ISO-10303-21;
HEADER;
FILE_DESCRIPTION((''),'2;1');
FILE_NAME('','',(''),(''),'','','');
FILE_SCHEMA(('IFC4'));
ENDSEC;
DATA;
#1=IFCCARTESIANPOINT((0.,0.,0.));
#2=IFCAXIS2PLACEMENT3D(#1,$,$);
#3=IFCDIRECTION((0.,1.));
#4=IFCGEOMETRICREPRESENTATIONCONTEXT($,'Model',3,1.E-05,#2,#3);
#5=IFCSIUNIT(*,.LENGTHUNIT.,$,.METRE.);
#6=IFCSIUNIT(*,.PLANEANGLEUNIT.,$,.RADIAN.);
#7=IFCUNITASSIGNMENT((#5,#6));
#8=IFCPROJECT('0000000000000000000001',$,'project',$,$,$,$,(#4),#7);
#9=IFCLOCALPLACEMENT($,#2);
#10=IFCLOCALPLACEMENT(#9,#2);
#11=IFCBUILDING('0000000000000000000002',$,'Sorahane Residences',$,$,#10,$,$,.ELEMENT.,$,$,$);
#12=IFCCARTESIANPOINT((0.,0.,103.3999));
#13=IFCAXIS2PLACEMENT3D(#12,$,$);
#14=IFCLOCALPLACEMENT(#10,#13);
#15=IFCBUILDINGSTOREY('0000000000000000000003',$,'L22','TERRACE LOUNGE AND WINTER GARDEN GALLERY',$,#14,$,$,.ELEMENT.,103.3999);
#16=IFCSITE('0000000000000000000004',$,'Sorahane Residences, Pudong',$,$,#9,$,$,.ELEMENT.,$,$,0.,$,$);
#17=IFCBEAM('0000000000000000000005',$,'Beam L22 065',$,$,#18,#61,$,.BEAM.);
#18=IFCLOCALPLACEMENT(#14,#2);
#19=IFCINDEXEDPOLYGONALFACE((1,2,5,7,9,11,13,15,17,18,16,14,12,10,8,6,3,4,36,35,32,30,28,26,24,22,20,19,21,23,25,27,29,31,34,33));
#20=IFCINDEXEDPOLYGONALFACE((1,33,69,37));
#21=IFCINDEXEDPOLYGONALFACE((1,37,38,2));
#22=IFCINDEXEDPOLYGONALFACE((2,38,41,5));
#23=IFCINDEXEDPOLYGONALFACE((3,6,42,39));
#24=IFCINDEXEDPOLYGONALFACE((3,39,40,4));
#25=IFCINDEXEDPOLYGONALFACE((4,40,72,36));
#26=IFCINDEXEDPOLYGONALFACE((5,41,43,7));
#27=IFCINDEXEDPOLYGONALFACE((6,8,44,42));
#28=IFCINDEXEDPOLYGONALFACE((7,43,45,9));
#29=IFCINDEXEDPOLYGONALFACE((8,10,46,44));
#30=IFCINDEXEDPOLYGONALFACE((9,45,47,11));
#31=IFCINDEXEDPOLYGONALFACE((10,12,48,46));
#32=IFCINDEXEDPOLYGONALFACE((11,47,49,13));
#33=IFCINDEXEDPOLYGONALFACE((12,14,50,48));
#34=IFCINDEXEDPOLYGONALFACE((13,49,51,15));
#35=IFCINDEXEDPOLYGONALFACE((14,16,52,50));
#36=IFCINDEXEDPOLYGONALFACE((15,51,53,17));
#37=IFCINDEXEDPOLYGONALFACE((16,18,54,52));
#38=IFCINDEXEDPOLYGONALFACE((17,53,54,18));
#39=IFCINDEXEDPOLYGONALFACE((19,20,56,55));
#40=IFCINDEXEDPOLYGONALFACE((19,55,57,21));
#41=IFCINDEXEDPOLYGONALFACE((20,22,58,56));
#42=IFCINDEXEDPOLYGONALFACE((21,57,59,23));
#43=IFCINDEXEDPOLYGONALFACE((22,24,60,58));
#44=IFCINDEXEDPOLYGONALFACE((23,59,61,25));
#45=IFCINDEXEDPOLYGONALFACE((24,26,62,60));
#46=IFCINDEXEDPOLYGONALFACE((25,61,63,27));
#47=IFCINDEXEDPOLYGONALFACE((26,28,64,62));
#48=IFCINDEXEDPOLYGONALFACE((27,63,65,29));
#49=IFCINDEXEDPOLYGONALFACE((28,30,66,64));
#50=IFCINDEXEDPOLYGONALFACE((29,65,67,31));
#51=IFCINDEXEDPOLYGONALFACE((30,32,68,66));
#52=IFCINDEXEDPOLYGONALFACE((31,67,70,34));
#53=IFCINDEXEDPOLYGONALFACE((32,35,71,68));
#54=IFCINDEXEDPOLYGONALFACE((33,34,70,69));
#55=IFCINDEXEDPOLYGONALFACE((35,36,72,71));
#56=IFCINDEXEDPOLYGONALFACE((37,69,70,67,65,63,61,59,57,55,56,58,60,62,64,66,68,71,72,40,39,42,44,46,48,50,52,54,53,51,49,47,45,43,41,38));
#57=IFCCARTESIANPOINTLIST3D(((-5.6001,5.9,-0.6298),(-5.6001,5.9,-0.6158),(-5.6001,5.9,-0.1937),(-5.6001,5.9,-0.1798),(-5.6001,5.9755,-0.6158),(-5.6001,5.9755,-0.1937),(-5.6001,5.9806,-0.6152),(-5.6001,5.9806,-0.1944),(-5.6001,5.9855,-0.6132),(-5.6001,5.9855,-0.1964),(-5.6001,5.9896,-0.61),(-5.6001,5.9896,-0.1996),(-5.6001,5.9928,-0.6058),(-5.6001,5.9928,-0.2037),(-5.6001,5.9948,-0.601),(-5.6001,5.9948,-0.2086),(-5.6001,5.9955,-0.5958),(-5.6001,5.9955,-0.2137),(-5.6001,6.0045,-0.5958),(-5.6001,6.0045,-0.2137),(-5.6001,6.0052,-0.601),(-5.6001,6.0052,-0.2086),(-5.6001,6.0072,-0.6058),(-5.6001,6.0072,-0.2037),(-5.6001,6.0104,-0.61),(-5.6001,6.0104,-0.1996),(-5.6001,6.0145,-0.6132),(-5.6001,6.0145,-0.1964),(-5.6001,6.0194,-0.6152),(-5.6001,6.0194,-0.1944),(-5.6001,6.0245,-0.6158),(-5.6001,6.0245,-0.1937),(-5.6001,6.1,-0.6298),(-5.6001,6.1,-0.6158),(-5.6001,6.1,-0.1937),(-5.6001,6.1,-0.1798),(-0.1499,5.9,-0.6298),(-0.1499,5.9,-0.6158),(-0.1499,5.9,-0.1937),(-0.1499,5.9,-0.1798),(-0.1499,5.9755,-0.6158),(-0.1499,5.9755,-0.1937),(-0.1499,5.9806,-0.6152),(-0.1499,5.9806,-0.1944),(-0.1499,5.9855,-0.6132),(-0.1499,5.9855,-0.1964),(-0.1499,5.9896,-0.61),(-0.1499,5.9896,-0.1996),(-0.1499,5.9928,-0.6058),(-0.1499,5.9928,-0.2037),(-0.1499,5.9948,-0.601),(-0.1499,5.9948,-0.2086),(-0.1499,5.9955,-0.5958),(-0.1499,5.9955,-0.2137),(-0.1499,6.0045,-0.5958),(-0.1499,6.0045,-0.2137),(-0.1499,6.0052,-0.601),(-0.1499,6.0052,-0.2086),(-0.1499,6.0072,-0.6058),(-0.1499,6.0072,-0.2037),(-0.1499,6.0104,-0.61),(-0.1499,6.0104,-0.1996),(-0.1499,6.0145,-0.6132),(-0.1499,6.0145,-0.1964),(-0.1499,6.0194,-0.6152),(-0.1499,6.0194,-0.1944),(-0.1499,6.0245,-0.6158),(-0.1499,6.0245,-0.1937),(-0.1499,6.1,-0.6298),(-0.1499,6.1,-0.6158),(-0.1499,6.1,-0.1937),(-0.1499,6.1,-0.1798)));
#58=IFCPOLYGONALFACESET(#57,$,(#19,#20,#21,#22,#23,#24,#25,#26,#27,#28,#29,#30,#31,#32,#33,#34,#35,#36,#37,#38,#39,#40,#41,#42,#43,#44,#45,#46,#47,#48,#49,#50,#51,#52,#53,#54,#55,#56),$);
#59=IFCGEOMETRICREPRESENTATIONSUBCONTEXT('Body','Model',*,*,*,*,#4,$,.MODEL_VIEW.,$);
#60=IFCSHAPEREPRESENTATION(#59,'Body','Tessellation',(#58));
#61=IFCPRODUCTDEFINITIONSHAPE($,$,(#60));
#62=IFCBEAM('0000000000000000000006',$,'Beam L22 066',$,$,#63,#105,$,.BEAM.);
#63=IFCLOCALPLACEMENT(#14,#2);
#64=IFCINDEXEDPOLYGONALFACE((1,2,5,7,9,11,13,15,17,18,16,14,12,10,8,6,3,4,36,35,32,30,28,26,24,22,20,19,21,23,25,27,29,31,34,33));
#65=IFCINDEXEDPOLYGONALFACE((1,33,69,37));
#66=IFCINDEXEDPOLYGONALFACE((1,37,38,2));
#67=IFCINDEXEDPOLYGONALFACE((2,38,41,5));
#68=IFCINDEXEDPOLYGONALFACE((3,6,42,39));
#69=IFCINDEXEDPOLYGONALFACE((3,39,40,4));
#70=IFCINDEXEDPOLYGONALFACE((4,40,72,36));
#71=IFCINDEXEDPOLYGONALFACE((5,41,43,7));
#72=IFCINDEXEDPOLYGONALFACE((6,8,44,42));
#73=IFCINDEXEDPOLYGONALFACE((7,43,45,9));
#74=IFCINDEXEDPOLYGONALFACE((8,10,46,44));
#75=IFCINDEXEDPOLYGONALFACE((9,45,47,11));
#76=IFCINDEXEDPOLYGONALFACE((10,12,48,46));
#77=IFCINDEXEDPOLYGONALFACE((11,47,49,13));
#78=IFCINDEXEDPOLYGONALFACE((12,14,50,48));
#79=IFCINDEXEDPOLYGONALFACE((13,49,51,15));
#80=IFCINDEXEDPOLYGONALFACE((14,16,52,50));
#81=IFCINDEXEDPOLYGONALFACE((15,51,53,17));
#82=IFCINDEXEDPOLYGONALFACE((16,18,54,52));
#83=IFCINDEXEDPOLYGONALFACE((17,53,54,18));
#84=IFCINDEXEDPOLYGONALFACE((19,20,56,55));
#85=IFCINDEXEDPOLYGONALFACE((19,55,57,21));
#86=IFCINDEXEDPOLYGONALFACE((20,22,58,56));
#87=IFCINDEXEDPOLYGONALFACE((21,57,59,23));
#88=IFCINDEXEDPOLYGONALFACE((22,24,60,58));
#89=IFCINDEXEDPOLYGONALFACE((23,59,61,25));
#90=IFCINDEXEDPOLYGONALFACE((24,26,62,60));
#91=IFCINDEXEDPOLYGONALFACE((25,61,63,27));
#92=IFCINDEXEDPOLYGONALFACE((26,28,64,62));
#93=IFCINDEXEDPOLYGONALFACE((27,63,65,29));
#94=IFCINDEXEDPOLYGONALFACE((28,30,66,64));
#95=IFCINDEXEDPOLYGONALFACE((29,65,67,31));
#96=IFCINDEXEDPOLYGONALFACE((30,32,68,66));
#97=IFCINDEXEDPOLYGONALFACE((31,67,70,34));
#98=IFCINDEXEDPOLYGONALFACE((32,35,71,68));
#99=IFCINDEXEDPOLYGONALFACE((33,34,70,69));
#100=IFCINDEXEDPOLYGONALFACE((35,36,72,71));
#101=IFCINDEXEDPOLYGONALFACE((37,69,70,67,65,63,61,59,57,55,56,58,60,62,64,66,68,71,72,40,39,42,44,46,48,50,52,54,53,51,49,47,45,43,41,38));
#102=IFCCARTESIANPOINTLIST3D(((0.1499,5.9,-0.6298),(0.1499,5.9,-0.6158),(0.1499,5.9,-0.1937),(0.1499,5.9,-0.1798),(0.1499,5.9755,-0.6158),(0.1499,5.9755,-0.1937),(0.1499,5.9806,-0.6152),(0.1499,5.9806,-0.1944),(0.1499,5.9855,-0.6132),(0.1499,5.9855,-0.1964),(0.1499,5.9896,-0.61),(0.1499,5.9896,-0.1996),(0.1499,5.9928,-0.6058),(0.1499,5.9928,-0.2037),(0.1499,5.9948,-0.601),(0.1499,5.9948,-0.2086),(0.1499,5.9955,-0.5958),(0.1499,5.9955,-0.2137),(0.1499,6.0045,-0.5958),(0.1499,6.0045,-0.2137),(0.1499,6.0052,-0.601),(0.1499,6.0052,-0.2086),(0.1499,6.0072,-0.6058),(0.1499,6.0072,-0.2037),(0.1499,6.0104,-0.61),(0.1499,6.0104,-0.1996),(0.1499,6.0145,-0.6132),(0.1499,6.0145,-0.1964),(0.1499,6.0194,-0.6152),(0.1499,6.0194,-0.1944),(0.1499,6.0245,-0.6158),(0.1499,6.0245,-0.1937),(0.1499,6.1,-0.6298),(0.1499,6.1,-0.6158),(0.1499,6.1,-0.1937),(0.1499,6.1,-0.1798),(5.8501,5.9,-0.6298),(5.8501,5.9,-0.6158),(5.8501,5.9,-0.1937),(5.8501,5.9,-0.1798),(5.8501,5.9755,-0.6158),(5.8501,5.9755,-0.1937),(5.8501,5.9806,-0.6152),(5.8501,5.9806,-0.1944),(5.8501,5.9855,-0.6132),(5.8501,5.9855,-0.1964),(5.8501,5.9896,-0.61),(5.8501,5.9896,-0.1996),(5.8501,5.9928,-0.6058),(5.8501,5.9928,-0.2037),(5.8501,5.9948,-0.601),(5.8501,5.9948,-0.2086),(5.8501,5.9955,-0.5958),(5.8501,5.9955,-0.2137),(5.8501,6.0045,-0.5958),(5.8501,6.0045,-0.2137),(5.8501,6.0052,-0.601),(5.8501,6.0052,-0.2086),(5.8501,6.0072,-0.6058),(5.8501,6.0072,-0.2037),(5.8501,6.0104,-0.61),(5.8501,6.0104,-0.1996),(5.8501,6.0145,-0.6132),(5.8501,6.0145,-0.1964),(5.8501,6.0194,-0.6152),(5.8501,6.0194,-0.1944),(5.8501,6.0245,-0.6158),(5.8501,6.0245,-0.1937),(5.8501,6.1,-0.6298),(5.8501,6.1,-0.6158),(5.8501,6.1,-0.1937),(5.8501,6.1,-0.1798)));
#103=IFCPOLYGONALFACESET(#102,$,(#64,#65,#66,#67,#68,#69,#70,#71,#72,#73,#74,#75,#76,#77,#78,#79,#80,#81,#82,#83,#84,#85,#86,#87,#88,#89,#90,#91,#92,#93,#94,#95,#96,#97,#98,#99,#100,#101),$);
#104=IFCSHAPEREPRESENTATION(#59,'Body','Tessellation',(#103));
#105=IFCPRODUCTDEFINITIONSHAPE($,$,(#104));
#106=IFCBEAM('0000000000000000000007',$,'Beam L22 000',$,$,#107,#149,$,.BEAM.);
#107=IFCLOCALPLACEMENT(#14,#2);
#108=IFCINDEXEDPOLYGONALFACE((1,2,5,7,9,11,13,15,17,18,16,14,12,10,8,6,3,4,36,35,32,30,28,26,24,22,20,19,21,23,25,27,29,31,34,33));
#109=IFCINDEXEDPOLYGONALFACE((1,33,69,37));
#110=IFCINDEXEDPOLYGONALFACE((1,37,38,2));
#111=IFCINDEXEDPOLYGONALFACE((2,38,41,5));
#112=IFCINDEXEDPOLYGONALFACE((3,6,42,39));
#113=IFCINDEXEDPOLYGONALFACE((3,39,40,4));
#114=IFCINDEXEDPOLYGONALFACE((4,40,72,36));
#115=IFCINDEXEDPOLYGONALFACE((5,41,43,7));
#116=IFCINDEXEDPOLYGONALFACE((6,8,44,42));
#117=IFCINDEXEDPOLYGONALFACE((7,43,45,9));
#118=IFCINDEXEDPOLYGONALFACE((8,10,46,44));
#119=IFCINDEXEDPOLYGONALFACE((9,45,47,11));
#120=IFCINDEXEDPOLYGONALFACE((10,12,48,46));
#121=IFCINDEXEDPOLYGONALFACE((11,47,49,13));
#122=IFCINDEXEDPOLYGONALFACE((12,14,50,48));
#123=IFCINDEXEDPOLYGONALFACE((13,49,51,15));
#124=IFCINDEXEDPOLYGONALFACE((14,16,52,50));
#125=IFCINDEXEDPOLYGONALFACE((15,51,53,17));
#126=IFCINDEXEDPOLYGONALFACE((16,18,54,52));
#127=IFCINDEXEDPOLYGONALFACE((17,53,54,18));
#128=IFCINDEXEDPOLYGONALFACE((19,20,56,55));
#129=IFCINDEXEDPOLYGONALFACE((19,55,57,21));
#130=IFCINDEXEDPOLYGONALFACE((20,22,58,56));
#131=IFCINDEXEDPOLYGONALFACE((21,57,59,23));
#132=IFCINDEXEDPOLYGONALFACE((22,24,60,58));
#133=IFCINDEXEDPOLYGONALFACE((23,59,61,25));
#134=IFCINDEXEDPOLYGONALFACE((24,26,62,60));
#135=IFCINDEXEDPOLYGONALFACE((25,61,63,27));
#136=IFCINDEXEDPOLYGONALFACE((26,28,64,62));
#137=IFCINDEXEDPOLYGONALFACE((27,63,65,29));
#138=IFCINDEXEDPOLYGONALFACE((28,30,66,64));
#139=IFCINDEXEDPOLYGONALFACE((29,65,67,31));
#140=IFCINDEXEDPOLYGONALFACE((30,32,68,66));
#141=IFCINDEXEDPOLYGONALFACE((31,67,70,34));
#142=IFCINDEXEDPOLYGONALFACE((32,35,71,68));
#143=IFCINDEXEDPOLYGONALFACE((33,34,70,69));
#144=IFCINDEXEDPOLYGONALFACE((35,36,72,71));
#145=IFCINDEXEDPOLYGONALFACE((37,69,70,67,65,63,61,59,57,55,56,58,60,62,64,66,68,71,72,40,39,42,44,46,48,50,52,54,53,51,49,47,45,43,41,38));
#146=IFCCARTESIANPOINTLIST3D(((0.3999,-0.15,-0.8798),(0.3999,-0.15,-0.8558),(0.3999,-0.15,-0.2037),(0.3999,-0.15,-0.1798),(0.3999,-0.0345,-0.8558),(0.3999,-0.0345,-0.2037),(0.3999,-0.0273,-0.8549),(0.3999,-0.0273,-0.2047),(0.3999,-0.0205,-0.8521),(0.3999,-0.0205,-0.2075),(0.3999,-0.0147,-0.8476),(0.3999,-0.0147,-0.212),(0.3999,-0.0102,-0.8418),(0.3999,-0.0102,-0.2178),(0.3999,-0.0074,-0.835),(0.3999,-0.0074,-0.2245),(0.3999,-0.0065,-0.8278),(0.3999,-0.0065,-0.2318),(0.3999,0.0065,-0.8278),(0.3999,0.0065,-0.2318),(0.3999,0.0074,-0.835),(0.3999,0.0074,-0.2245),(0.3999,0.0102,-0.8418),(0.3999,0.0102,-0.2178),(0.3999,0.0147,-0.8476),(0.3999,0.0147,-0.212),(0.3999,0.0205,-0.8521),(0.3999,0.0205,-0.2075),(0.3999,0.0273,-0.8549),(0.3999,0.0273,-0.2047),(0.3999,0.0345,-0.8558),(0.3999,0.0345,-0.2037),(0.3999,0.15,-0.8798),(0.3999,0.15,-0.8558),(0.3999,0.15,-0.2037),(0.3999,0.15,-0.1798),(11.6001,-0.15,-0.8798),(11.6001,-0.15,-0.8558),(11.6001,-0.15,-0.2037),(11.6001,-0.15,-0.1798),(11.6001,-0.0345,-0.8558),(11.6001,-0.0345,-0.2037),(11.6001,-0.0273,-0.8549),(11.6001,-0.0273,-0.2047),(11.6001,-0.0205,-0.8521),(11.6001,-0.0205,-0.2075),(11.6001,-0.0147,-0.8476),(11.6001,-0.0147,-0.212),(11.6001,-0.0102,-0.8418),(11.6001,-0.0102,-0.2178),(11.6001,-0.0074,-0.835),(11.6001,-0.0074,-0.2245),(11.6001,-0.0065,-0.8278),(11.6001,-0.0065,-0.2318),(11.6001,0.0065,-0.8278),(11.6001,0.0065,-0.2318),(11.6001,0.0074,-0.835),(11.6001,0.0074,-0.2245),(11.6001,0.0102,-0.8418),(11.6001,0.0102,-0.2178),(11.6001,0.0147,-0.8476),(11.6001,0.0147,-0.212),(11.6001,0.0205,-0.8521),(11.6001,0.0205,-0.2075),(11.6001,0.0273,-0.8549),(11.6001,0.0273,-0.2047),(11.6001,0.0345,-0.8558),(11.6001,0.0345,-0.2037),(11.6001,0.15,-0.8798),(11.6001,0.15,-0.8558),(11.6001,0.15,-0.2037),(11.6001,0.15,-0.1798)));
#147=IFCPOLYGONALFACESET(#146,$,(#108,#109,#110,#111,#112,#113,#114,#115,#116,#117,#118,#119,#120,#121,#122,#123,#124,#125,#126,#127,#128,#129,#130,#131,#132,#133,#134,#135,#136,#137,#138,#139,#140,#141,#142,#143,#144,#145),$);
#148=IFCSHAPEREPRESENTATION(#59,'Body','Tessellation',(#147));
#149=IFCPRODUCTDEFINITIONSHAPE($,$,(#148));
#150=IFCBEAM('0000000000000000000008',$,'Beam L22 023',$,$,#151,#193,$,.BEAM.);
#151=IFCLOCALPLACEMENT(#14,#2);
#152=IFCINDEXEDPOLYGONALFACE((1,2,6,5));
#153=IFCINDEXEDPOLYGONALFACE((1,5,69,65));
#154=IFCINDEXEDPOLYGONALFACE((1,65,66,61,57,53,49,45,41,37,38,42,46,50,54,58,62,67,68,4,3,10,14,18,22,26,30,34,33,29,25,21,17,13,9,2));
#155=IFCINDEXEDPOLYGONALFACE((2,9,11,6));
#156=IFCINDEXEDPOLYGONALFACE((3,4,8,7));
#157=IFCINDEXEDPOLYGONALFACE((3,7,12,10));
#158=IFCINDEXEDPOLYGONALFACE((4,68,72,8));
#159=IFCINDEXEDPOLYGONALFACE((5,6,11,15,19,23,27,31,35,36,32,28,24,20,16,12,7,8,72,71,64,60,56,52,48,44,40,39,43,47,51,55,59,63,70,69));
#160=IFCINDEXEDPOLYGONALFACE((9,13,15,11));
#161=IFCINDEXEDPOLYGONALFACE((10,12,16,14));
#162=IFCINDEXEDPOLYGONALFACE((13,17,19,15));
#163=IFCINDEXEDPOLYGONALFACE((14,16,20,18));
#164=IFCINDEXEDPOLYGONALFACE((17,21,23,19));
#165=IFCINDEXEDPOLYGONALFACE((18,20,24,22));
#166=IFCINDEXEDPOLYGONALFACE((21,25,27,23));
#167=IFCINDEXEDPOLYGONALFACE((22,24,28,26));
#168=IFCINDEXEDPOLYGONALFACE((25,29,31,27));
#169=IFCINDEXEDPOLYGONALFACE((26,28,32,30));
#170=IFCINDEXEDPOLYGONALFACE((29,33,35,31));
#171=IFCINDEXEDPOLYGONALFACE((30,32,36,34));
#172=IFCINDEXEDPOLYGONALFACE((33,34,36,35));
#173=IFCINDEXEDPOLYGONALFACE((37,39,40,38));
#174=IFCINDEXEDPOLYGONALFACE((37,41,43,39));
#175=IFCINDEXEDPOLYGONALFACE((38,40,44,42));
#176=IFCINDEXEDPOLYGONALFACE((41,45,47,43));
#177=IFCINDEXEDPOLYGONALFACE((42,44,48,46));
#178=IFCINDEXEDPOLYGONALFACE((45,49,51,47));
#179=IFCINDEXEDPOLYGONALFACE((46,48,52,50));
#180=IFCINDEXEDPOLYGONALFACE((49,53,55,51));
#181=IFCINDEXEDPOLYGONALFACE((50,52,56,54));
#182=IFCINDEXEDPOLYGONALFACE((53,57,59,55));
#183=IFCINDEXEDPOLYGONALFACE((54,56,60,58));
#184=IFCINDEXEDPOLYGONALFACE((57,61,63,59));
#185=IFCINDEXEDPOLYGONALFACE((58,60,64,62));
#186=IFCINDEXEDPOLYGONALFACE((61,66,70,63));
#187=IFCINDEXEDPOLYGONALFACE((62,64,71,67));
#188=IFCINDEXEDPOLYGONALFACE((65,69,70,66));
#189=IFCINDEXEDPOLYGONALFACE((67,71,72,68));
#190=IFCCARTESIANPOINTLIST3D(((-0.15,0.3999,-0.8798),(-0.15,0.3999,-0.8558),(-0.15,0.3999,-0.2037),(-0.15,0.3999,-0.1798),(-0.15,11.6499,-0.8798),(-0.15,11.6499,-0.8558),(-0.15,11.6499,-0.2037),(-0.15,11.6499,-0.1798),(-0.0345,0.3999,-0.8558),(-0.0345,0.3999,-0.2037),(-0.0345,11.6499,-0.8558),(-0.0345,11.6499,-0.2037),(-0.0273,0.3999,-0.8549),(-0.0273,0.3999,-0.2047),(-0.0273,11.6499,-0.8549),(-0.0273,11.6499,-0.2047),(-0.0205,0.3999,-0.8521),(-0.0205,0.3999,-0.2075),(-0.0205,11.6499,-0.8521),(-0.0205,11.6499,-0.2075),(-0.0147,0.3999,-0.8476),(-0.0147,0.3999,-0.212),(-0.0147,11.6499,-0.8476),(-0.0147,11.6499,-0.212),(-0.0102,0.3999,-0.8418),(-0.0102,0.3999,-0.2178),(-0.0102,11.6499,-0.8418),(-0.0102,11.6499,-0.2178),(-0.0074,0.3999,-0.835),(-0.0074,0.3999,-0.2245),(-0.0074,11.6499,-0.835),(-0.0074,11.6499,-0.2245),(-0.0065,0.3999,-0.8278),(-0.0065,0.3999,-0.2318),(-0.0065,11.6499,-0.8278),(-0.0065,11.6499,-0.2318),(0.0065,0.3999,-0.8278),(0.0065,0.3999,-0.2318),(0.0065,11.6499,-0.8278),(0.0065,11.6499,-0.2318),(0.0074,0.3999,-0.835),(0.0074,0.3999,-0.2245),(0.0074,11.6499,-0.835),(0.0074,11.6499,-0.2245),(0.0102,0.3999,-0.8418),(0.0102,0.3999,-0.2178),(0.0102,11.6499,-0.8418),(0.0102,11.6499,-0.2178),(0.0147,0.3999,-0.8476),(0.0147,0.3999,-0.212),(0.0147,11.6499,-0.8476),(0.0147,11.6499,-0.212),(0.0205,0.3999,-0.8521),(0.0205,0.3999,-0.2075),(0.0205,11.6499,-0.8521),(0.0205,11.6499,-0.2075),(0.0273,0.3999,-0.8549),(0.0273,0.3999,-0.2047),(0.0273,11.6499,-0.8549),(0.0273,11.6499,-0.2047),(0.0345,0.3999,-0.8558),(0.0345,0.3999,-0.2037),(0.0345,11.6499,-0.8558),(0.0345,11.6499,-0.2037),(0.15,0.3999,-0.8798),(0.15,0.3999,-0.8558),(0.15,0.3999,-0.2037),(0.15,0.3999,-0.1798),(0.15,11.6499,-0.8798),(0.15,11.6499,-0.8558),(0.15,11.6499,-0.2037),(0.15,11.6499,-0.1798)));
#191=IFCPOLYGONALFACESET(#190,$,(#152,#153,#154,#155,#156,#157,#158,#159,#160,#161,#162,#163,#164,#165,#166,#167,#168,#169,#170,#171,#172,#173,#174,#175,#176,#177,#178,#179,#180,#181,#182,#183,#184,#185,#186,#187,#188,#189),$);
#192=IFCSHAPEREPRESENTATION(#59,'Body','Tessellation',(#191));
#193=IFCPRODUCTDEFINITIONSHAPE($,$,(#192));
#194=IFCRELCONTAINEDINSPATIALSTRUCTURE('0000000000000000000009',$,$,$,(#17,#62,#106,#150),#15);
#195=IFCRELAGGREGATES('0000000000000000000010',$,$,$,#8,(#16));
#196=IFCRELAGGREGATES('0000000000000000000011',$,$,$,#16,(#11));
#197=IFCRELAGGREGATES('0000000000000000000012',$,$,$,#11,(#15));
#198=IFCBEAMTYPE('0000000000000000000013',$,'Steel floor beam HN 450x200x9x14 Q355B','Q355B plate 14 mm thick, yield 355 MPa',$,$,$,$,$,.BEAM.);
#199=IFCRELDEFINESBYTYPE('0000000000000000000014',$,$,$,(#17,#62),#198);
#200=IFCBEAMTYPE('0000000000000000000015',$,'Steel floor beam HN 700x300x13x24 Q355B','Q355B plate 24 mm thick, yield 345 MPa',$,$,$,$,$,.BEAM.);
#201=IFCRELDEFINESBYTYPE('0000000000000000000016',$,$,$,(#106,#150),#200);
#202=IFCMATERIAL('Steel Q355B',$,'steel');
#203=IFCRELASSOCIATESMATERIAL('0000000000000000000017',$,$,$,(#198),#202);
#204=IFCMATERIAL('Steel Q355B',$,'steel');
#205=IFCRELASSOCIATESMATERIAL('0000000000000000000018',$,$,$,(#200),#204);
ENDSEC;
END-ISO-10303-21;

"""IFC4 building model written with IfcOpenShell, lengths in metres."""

from ifc_helpers import new_model, si_unit, direction, frame, origin, origin_2d, place, context, subcontext, project, spatial, i_section, extrude, material, material_profile, profile_set, type_object, element, save


model = new_model("IFC4")

# Units and contexts
model_context = context("Model", 3, precision=1e-05, world=origin(), true_north=direction((0.0, 1.0)))
body_context = subcontext(model_context, "Body", "Model", "MODEL_VIEW")
ifc_project = project(units=[si_unit("LENGTHUNIT", "METRE"), si_unit("PLANEANGLEUNIT", "RADIAN")], contexts=[model_context])

# Site, building, storey
site_placement = place(None, origin())
site = spatial("IfcSite", under=ifc_project, at=site_placement, Name="Sorahane Residences, Pudong", CompositionType="ELEMENT", RefElevation=0.0)
building_placement = place(site_placement, origin())
building = spatial("IfcBuilding", under=site, at=building_placement, Name="Sorahane Residences", CompositionType="ELEMENT")
storey_placement = place(building_placement, frame((0.0, 0.0, 103.3999)))
storey = spatial("IfcBuildingStorey", under=building, at=storey_placement, Name="L22", Description="TERRACE LOUNGE AND WINTER GARDEN GALLERY", CompositionType="ELEMENT", Elevation=103.3999)

# Beams
ifc_material_1 = material(Name="Steel Q355B", Category="steel")
ifc_material_profile_1 = material_profile(ifc_material_1, i_section(OverallWidth=0.2, OverallDepth=0.45, WebThickness=0.009, FlangeThickness=0.0139, FilletRadius=0.02, at=origin_2d()), Name="HN 450x200x9x14")
ifc_profile_set_1 = profile_set([ifc_material_profile_1], Name="Steel Q355B")
beam_type_1 = type_object("IfcBeamType", Name="Steel floor beam HN 450x200x9x14 Q355B", Description="Q355B plate 14 mm thick, yield 355 MPa", PredefinedType="BEAM", material=ifc_profile_set_1)
beam_1_placement = place(storey_placement, frame((-5.6001, 6.0, -0.4048), z_axis=(1.0, 0.0, 0.0), x_axis=(0.0, 1.0, 0.0)))
element("IfcBeam", 1, at=beam_1_placement, inside=storey, type_object=beam_type_1, Name="Beam L22 065", PredefinedType="BEAM", context=body_context, shape_type="SweptSolid", body=[
    extrude(i_section(OverallWidth=0.2, OverallDepth=0.45, WebThickness=0.009, FlangeThickness=0.0139, FilletRadius=0.02, at=origin_2d()), origin(), (0.0, 0.0, 1.0), 5.4502),
])
beam_2_placement = place(storey_placement, frame((0.1499, 6.0, -0.4048), z_axis=(1.0, 0.0, 0.0), x_axis=(0.0, 1.0, 0.0)))
element("IfcBeam", 2, at=beam_2_placement, inside=storey, type_object=beam_type_1, Name="Beam L22 066", PredefinedType="BEAM", context=body_context, shape_type="SweptSolid", body=[
    extrude(i_section(OverallWidth=0.2, OverallDepth=0.45, WebThickness=0.009, FlangeThickness=0.0139, FilletRadius=0.02, at=origin_2d()), origin(), (0.0, 0.0, 1.0), 5.7002),
])
ifc_material_2 = material(Name="Steel Q355B", Category="steel")
ifc_material_profile_2 = material_profile(ifc_material_2, i_section(OverallWidth=0.3, OverallDepth=0.7, WebThickness=0.0129, FlangeThickness=0.0239, FilletRadius=0.0281, at=origin_2d()), Name="HN 700x300x13x24")
ifc_profile_set_2 = profile_set([ifc_material_profile_2], Name="Steel Q355B")
beam_type_2 = type_object("IfcBeamType", Name="Steel floor beam HN 700x300x13x24 Q355B", Description="Q355B plate 24 mm thick, yield 345 MPa", PredefinedType="BEAM", material=ifc_profile_set_2)
beam_3_placement = place(storey_placement, frame((0.3999, 0.0, -0.5298), z_axis=(1.0, 0.0, 0.0), x_axis=(0.0, 1.0, 0.0)))
element("IfcBeam", 3, at=beam_3_placement, inside=storey, type_object=beam_type_2, Name="Beam L22 000", PredefinedType="BEAM", context=body_context, shape_type="SweptSolid", body=[
    extrude(i_section(OverallWidth=0.3, OverallDepth=0.7, WebThickness=0.0129, FlangeThickness=0.0239, FilletRadius=0.0281, at=origin_2d()), origin(), (0.0, 0.0, 1.0), 11.2002),
])
beam_4_placement = place(storey_placement, frame((0.0, 0.3999, -0.5298), z_axis=(0.0, 1.0, 0.0), x_axis=(-1.0, 0.0, 0.0)))
element("IfcBeam", 4, at=beam_4_placement, inside=storey, type_object=beam_type_2, Name="Beam L22 023", PredefinedType="BEAM", context=body_context, shape_type="SweptSolid", body=[
    extrude(i_section(OverallWidth=0.3, OverallDepth=0.7, WebThickness=0.0129, FlangeThickness=0.0239, FilletRadius=0.0281, at=origin_2d()), origin(), (0.0, 0.0, 1.0), 11.25),
])

save(model, "model.ifc")
